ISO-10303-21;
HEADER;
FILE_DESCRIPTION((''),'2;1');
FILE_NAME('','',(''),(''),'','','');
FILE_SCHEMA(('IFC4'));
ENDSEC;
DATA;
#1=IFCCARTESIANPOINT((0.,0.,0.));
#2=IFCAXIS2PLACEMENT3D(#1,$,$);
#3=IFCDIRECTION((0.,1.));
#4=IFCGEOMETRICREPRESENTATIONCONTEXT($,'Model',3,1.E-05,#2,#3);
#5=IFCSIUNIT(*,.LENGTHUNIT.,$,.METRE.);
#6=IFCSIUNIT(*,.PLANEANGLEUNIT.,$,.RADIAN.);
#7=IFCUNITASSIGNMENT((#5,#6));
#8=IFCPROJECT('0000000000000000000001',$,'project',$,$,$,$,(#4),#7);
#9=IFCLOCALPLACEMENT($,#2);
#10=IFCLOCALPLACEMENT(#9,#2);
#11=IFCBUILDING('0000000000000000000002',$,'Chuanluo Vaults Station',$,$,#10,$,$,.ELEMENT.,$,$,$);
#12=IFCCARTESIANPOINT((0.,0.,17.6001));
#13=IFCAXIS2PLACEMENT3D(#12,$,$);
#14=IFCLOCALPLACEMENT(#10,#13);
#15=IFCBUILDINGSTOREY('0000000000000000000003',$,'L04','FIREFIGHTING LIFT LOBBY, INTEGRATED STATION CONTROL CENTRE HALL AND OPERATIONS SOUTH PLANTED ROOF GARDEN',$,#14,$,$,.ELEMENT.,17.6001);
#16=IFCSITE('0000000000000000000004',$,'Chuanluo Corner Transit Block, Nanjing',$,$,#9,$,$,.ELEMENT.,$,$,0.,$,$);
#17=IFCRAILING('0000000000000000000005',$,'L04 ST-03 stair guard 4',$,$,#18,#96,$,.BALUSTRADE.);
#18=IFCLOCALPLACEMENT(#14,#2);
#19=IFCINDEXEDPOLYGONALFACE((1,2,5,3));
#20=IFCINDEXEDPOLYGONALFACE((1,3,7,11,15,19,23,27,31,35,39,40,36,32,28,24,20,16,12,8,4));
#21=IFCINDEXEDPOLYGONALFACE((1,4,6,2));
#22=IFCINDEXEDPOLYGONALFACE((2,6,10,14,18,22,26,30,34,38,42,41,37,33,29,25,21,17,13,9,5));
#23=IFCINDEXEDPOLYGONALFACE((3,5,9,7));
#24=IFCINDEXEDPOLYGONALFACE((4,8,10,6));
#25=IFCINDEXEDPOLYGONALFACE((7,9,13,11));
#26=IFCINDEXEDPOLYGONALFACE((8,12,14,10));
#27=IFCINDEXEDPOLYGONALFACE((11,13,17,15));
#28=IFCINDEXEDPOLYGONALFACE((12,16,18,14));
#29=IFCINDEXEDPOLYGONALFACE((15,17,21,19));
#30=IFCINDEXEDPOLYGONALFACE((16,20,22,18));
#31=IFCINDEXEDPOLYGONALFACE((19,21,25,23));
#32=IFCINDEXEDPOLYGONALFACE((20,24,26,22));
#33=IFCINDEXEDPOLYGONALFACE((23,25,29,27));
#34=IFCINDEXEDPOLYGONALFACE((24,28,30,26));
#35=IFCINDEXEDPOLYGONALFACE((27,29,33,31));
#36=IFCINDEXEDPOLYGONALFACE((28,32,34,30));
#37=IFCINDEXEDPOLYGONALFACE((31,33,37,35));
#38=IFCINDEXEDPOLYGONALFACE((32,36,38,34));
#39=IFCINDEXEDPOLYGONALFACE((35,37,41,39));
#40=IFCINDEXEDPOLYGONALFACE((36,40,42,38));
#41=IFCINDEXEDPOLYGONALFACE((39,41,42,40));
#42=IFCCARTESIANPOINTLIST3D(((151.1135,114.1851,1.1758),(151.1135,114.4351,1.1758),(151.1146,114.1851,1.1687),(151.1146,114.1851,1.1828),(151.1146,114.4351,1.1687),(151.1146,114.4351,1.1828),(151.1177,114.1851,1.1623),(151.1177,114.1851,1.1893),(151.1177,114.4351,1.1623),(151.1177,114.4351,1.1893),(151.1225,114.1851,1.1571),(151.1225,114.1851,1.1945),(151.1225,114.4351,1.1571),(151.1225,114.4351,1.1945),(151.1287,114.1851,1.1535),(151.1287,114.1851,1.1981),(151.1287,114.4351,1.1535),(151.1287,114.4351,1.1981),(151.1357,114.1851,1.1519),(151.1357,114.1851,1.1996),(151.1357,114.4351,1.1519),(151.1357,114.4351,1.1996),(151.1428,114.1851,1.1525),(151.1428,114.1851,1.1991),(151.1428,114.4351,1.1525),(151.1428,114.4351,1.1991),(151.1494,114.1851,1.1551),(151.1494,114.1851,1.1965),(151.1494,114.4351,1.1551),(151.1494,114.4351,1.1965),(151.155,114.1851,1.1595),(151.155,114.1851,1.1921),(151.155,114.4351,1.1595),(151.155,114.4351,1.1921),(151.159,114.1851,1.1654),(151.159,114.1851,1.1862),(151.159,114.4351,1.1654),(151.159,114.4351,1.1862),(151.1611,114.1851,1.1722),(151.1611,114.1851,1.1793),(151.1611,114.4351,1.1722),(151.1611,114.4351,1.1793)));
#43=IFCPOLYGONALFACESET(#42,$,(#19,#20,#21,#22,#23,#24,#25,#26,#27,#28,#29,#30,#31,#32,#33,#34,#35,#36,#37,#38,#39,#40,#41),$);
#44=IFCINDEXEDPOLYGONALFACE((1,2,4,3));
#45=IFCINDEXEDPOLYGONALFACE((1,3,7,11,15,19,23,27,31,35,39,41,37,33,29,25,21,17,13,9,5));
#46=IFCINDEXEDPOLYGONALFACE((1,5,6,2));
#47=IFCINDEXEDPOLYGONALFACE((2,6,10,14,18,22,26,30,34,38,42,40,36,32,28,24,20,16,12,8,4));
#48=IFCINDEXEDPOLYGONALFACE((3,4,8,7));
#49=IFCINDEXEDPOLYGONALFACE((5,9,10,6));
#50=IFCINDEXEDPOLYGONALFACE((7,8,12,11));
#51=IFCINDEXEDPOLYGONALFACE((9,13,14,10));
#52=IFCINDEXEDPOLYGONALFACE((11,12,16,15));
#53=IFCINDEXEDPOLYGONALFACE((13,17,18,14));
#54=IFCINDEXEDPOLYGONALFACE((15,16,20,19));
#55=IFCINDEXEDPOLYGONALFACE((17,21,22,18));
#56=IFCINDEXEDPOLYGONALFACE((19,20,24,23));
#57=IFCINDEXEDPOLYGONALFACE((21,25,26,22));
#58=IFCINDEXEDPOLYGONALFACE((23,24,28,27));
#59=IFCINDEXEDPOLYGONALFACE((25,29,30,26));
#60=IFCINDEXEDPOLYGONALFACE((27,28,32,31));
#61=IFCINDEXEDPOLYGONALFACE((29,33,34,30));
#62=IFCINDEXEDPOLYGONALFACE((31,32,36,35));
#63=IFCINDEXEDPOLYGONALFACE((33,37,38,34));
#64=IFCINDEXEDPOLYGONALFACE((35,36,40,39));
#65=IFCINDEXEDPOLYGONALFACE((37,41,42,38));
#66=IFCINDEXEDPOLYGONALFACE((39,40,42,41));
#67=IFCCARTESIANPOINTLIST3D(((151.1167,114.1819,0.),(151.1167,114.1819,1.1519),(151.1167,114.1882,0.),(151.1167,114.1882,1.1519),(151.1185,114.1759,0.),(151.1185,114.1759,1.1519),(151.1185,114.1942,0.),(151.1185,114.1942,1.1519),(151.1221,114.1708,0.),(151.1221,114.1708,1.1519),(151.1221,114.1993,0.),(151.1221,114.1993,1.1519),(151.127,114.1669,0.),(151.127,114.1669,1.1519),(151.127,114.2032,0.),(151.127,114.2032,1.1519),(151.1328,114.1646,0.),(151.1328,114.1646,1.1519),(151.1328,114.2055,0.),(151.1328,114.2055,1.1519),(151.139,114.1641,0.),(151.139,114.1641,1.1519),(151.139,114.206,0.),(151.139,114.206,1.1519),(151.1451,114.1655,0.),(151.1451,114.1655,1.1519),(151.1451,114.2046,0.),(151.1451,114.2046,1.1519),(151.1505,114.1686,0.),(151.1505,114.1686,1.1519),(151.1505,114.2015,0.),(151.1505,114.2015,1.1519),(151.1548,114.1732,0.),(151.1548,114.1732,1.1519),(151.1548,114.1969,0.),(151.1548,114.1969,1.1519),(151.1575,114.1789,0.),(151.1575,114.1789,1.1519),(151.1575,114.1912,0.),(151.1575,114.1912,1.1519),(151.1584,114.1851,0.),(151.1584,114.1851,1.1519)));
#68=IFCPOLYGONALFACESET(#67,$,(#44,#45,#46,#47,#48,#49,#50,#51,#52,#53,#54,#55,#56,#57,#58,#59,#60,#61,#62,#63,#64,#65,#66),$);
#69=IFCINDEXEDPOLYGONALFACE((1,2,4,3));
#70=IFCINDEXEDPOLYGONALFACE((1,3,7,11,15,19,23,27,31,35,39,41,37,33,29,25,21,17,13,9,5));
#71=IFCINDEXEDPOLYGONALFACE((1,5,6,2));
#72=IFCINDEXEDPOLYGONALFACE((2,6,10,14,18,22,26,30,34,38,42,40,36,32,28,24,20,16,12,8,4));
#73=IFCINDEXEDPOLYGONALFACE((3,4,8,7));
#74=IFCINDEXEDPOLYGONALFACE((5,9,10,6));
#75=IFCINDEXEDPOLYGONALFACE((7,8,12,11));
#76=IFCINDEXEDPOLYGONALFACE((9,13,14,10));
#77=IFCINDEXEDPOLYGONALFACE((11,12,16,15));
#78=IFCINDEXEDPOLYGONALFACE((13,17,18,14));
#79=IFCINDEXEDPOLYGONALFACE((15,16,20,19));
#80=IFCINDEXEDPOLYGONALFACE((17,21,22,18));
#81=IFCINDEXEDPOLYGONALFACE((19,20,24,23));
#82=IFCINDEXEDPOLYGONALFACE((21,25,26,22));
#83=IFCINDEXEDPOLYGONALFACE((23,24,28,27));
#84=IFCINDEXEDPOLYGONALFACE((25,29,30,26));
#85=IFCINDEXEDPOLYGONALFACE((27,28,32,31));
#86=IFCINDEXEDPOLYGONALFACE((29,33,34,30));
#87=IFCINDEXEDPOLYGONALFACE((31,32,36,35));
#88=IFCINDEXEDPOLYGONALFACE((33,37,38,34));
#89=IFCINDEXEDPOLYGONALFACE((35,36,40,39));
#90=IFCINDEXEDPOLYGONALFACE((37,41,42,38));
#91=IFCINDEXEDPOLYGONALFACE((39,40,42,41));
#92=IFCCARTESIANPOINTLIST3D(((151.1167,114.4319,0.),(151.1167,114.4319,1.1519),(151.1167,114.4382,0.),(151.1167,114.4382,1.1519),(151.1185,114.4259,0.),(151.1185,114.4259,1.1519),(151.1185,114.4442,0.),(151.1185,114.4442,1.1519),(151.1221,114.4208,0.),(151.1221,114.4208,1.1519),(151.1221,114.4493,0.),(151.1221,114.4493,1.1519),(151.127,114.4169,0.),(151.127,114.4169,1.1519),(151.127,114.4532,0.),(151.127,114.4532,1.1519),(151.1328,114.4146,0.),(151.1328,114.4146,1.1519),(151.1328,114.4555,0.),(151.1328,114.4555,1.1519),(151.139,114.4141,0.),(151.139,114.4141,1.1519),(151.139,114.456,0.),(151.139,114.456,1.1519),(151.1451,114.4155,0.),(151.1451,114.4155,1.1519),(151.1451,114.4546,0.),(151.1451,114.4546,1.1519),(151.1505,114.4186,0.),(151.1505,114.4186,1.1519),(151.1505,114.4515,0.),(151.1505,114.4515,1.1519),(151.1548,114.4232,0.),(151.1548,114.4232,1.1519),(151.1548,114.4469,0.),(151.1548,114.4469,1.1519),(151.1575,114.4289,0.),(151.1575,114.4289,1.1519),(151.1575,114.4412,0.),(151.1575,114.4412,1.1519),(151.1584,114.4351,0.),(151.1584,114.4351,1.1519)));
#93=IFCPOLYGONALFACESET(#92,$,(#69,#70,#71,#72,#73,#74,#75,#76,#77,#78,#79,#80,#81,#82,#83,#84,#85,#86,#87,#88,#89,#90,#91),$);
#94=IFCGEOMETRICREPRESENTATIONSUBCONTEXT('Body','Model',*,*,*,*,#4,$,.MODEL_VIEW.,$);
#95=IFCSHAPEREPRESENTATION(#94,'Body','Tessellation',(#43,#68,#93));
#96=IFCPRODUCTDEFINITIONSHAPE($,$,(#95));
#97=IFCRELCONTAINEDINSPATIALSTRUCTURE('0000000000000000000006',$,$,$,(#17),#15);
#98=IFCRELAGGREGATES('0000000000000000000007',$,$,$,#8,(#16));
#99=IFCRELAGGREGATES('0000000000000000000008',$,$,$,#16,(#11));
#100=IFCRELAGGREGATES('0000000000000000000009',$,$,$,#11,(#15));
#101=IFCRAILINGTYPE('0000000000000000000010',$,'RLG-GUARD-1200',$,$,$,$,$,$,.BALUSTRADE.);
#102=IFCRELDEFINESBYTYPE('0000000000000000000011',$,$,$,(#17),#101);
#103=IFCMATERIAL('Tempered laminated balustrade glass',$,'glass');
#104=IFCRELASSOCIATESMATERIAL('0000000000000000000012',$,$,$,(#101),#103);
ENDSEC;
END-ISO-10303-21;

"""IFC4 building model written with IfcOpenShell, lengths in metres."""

from ifc_helpers import new_model, si_unit, direction, frame, origin, origin_2d, place, context, subcontext, project, spatial, circle, extrude, material, type_object, element, save


model = new_model("IFC4")

# Units and contexts
model_context = context("Model", 3, precision=1e-05, world=origin(), true_north=direction((0.0, 1.0)))
body_context = subcontext(model_context, "Body", "Model", "MODEL_VIEW")
ifc_project = project(units=[si_unit("LENGTHUNIT", "METRE"), si_unit("PLANEANGLEUNIT", "RADIAN")], contexts=[model_context])

# Site, building, storey
site_placement = place(None, origin())
site = spatial("IfcSite", under=ifc_project, at=site_placement, Name="Chuanluo Corner Transit Block, Nanjing", CompositionType="ELEMENT", RefElevation=0.0)
building_placement = place(site_placement, origin())
building = spatial("IfcBuilding", under=site, at=building_placement, Name="Chuanluo Vaults Station", CompositionType="ELEMENT")
storey_placement = place(building_placement, frame((0.0, 0.0, 17.6001)))
storey = spatial("IfcBuildingStorey", under=building, at=storey_placement, Name="L04", Description="FIREFIGHTING LIFT LOBBY, INTEGRATED STATION CONTROL CENTRE HALL AND OPERATIONS SOUTH PLANTED ROOF GARDEN", CompositionType="ELEMENT", Elevation=17.6001)

# Railing
ifc_material_1 = material(Name="Tempered laminated balustrade glass", Category="glass")
railing_type_1 = type_object("IfcRailingType", Name="RLG-GUARD-1200", PredefinedType="BALUSTRADE", material=ifc_material_1)
railing_1_placement = place(storey_placement, frame((151.1375, 114.1851, 0.0)))
element("IfcRailing", 1, at=railing_1_placement, inside=storey, type_object=railing_type_1, Name="L04 ST-03 stair guard 4", PredefinedType="BALUSTRADE", context=body_context, shape_type="SweptSolid", body=[
    extrude(circle(Radius=0.0239, at=origin_2d()), frame((0.0, 0.0, 1.1758), z_axis=(0.0, 1.0, 0.0), x_axis=(-1.0, 0.0, 0.0)), (0.0, 0.0, 1.0), 0.25),
    extrude(circle(Radius=0.021, at=origin_2d()), origin(), (0.0, 0.0, 1.0), 1.1519),
    extrude(circle(Radius=0.021, at=origin_2d()), frame((0.0, 0.25, 0.0)), (0.0, 0.0, 1.0), 1.1519),
])

save(model, "model.ifc")
